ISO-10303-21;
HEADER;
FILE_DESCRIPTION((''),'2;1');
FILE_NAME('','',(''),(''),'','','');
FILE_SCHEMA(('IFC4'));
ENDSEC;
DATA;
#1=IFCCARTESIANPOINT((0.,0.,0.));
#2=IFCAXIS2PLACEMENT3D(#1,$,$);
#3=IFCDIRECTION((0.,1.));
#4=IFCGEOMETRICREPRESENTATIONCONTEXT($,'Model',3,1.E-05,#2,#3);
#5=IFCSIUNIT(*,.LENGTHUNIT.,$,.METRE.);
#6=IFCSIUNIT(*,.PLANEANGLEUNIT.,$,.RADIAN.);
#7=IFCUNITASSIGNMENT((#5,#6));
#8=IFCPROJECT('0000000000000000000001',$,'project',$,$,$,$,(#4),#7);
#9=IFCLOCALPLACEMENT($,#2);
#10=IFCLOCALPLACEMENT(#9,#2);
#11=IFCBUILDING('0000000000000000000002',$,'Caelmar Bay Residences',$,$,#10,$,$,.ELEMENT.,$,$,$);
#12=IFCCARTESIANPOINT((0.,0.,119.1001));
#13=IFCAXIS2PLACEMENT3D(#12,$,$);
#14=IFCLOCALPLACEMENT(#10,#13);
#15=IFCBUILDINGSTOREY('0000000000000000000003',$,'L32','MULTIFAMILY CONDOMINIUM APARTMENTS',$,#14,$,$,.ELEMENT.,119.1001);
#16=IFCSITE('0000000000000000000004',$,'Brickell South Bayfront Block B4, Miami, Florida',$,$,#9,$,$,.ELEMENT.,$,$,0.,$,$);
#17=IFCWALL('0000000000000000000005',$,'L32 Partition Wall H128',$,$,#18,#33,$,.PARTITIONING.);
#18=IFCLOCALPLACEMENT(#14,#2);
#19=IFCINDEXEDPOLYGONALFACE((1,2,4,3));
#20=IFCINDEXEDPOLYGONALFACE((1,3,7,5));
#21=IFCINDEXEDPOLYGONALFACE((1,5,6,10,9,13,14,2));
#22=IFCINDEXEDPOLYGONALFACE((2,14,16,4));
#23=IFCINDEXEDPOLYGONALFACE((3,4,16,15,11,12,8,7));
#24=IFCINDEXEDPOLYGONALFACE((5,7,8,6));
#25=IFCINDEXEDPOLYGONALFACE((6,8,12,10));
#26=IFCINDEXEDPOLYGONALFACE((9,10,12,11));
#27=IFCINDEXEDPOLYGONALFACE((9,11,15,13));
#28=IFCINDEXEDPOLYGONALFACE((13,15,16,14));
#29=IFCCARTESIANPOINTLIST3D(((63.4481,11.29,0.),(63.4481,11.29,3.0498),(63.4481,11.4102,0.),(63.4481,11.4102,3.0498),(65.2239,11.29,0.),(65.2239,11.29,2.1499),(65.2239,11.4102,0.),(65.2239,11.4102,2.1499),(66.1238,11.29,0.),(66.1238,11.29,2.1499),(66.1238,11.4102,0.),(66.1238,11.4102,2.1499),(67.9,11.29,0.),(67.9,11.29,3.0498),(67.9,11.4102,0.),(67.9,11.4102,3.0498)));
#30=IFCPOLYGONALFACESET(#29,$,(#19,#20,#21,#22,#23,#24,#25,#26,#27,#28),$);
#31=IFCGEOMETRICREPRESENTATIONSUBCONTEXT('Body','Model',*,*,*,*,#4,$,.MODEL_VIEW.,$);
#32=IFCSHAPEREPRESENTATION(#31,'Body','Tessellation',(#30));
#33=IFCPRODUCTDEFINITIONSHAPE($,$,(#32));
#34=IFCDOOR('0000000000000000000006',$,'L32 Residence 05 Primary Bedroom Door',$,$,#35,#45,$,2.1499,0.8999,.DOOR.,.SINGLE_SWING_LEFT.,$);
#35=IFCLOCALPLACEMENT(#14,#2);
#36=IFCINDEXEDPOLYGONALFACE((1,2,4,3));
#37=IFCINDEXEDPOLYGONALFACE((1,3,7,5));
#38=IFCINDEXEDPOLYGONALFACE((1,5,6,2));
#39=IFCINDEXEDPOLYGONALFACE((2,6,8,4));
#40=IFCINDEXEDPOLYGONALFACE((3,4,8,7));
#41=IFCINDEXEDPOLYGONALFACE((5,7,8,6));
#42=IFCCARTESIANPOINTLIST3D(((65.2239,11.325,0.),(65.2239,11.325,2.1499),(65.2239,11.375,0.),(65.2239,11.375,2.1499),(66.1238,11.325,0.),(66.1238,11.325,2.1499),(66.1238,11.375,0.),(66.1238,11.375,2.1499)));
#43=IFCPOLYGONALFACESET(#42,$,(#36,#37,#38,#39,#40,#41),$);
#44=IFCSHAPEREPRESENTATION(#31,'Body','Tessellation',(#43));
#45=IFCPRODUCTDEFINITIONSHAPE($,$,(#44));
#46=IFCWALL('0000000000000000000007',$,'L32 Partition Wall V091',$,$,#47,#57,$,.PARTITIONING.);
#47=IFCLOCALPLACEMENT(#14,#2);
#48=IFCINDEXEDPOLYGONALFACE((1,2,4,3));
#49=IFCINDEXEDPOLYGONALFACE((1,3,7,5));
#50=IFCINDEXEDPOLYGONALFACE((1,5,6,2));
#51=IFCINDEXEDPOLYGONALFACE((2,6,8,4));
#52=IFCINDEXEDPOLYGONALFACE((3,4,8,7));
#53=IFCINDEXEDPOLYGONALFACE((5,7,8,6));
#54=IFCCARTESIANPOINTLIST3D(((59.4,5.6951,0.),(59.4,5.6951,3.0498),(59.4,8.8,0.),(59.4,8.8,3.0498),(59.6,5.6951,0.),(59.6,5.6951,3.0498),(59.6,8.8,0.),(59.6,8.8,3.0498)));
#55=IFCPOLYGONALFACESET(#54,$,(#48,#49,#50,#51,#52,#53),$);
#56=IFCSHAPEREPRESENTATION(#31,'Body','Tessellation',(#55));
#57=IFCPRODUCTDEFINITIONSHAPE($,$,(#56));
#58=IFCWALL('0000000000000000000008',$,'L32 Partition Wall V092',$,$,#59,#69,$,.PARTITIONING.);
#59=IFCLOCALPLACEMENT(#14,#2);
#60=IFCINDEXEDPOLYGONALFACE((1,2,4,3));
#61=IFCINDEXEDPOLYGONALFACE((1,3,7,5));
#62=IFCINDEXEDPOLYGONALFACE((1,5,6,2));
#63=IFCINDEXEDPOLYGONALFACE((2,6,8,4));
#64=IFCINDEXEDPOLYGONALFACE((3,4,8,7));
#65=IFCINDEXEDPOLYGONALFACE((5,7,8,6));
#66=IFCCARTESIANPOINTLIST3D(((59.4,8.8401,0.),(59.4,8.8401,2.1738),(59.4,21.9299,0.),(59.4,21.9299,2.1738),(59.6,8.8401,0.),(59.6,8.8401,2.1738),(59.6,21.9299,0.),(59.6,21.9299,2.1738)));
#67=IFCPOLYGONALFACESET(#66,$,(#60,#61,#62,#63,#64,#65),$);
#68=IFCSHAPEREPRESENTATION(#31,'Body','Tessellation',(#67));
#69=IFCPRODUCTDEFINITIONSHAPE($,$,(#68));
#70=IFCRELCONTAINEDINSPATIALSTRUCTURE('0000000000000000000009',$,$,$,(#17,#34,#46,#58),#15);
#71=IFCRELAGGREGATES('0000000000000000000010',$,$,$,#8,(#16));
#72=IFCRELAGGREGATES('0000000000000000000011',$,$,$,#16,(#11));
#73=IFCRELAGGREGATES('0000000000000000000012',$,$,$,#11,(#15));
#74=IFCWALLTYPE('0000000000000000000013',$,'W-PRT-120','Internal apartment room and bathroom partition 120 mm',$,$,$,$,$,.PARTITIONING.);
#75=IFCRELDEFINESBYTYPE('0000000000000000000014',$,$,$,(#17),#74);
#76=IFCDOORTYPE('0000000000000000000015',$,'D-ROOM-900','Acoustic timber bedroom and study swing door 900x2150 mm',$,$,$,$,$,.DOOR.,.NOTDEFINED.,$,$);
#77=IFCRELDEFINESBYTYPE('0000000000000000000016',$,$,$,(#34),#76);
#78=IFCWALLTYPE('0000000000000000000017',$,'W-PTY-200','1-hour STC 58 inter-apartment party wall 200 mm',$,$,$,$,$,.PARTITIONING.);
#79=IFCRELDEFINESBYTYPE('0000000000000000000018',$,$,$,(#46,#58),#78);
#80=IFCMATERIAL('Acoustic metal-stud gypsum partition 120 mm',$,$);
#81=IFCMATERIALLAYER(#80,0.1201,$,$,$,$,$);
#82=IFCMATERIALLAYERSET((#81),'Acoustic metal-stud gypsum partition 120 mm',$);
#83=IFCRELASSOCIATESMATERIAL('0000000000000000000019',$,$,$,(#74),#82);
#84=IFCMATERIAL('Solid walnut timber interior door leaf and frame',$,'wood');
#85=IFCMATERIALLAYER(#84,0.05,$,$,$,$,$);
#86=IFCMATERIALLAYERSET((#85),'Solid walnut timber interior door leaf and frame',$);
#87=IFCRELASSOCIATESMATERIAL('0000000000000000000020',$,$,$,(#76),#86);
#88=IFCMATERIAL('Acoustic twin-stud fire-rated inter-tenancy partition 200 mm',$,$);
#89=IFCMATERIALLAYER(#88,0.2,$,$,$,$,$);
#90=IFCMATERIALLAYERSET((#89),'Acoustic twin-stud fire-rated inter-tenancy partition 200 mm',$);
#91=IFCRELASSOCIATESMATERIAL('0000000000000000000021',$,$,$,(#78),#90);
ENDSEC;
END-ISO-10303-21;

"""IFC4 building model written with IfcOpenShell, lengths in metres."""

from ifc_helpers import new_model, si_unit, direction, frame, frame_2d, origin, place, context, subcontext, project, spatial, rectangle, extrude, material, layer, layer_set, type_object, element, fill, save


model = new_model("IFC4")

# Units and contexts
model_context = context("Model", 3, precision=1e-05, world=origin(), true_north=direction((0.0, 1.0)))
body_context = subcontext(model_context, "Body", "Model", "MODEL_VIEW")
ifc_project = project(units=[si_unit("LENGTHUNIT", "METRE"), si_unit("PLANEANGLEUNIT", "RADIAN")], contexts=[model_context])

# Site, building, storey
site_placement = place(None, origin())
site = spatial("IfcSite", under=ifc_project, at=site_placement, Name="Brickell South Bayfront Block B4, Miami, Florida", CompositionType="ELEMENT", RefElevation=0.0)
building_placement = place(site_placement, origin())
building = spatial("IfcBuilding", under=site, at=building_placement, Name="Caelmar Bay Residences", CompositionType="ELEMENT")
storey_placement = place(building_placement, frame((0.0, 0.0, 119.1001)))
storey = spatial("IfcBuildingStorey", under=building, at=storey_placement, Name="L32", Description="MULTIFAMILY CONDOMINIUM APARTMENTS", CompositionType="ELEMENT", Elevation=119.1001)

# Shared definitions
ifc_material_1 = material(Name="Acoustic metal-stud gypsum partition 120 mm")
ifc_layer_1 = layer(ifc_material_1, 0.1201)
ifc_layer_set_1 = layer_set([ifc_layer_1], Name="Acoustic metal-stud gypsum partition 120 mm")
wall_type_1 = type_object("IfcWallType", Name="W-PRT-120", Description="Internal apartment room and bathroom partition 120 mm", PredefinedType="PARTITIONING", material=ifc_layer_set_1)

# Wall, opening, door
ifc_material_2 = material(Name="Solid walnut timber interior door leaf and frame", Category="wood")
ifc_layer_2 = layer(ifc_material_2, 0.05)
ifc_layer_set_2 = layer_set([ifc_layer_2], Name="Solid walnut timber interior door leaf and frame")
door_type = type_object("IfcDoorType", Name="D-ROOM-900", Description="Acoustic timber bedroom and study swing door 900x2150 mm", OperationType="NOTDEFINED", PredefinedType="DOOR", material=ifc_layer_set_2)
wall_1_placement = place(storey_placement, frame((63.448, 11.3501, 0.0), z_axis=(0.0, 0.0, 1.0), x_axis=(1.0, 0.0, 0.0)))
wall_1 = element("IfcWall", 1, at=wall_1_placement, inside=storey, type_object=wall_type_1, Name="L32 Partition Wall H128", PredefinedType="PARTITIONING", context=body_context, shape_type="SweptSolid", body=[
    extrude(rectangle(XDim=4.4519, YDim=0.1201, at=frame_2d((2.2261, 0.0))), origin(), (0.0, 0.0, 1.0), 3.0498),
])
opening_1_placement = place(wall_1_placement, frame((1.7759, 0.0, 0.0)))
opening_1 = element("IfcOpeningElement", 2, at=opening_1_placement, cuts=wall_1, PredefinedType="OPENING", context=body_context, shape_type="SweptSolid", body=[
    extrude(rectangle(XDim=0.8999, YDim=2.1499, at=frame_2d((0.45, 1.075))), frame((0.0, 0.0701, 0.0), z_axis=(0.0, -1.0, 0.0), x_axis=(1.0, 0.0, 0.0)), (0.0, 0.0, 1.0), 0.1401),
])
door_1_placement = place(opening_1_placement, origin())
door_1 = element("IfcDoor", 3, at=door_1_placement, inside=storey, type_object=door_type, Name="L32 Residence 05 Primary Bedroom Door", OperationType="SINGLE_SWING_LEFT", OverallHeight=2.1499, OverallWidth=0.8999, PredefinedType="DOOR", context=body_context, shape_type="SweptSolid", body=[
    extrude(rectangle(XDim=0.8999, YDim=2.1499, at=frame_2d((0.45, 1.075))), frame((0.0, 0.0249, 0.0), z_axis=(0.0, -1.0, 0.0), x_axis=(1.0, 0.0, 0.0)), (0.0, 0.0, 1.0), 0.05),
])
fill(opening_1, door_1)

# Walls
ifc_material_3 = material(Name="Acoustic twin-stud fire-rated inter-tenancy partition 200 mm")
ifc_layer_3 = layer(ifc_material_3, 0.2)
ifc_layer_set_3 = layer_set([ifc_layer_3], Name="Acoustic twin-stud fire-rated inter-tenancy partition 200 mm")
wall_type_2 = type_object("IfcWallType", Name="W-PTY-200", Description="1-hour STC 58 inter-apartment party wall 200 mm", PredefinedType="PARTITIONING", material=ifc_layer_set_3)
wall_2_placement = place(storey_placement, frame((59.5, 5.6951, 0.0), z_axis=(0.0, 0.0, 1.0), x_axis=(0.0, 1.0, 0.0)))
element("IfcWall", 4, at=wall_2_placement, inside=storey, type_object=wall_type_2, Name="L32 Partition Wall V091", PredefinedType="PARTITIONING", context=body_context, shape_type="SweptSolid", body=[
    extrude(rectangle(XDim=3.105, YDim=0.2, at=frame_2d((1.5525, 0.0))), origin(), (0.0, 0.0, 1.0), 3.0498),
])
wall_3_placement = place(storey_placement, frame((59.5, 8.8401, 0.0), z_axis=(0.0, 0.0, 1.0), x_axis=(0.0, 1.0, 0.0)))
element("IfcWall", 5, at=wall_3_placement, inside=storey, type_object=wall_type_2, Name="L32 Partition Wall V092", PredefinedType="PARTITIONING", context=body_context, shape_type="SweptSolid", body=[
    extrude(rectangle(XDim=13.0898, YDim=0.2, at=frame_2d((6.5449, 0.0))), origin(), (0.0, 0.0, 1.0), 2.1738),
])

save(model, "model.ifc")
